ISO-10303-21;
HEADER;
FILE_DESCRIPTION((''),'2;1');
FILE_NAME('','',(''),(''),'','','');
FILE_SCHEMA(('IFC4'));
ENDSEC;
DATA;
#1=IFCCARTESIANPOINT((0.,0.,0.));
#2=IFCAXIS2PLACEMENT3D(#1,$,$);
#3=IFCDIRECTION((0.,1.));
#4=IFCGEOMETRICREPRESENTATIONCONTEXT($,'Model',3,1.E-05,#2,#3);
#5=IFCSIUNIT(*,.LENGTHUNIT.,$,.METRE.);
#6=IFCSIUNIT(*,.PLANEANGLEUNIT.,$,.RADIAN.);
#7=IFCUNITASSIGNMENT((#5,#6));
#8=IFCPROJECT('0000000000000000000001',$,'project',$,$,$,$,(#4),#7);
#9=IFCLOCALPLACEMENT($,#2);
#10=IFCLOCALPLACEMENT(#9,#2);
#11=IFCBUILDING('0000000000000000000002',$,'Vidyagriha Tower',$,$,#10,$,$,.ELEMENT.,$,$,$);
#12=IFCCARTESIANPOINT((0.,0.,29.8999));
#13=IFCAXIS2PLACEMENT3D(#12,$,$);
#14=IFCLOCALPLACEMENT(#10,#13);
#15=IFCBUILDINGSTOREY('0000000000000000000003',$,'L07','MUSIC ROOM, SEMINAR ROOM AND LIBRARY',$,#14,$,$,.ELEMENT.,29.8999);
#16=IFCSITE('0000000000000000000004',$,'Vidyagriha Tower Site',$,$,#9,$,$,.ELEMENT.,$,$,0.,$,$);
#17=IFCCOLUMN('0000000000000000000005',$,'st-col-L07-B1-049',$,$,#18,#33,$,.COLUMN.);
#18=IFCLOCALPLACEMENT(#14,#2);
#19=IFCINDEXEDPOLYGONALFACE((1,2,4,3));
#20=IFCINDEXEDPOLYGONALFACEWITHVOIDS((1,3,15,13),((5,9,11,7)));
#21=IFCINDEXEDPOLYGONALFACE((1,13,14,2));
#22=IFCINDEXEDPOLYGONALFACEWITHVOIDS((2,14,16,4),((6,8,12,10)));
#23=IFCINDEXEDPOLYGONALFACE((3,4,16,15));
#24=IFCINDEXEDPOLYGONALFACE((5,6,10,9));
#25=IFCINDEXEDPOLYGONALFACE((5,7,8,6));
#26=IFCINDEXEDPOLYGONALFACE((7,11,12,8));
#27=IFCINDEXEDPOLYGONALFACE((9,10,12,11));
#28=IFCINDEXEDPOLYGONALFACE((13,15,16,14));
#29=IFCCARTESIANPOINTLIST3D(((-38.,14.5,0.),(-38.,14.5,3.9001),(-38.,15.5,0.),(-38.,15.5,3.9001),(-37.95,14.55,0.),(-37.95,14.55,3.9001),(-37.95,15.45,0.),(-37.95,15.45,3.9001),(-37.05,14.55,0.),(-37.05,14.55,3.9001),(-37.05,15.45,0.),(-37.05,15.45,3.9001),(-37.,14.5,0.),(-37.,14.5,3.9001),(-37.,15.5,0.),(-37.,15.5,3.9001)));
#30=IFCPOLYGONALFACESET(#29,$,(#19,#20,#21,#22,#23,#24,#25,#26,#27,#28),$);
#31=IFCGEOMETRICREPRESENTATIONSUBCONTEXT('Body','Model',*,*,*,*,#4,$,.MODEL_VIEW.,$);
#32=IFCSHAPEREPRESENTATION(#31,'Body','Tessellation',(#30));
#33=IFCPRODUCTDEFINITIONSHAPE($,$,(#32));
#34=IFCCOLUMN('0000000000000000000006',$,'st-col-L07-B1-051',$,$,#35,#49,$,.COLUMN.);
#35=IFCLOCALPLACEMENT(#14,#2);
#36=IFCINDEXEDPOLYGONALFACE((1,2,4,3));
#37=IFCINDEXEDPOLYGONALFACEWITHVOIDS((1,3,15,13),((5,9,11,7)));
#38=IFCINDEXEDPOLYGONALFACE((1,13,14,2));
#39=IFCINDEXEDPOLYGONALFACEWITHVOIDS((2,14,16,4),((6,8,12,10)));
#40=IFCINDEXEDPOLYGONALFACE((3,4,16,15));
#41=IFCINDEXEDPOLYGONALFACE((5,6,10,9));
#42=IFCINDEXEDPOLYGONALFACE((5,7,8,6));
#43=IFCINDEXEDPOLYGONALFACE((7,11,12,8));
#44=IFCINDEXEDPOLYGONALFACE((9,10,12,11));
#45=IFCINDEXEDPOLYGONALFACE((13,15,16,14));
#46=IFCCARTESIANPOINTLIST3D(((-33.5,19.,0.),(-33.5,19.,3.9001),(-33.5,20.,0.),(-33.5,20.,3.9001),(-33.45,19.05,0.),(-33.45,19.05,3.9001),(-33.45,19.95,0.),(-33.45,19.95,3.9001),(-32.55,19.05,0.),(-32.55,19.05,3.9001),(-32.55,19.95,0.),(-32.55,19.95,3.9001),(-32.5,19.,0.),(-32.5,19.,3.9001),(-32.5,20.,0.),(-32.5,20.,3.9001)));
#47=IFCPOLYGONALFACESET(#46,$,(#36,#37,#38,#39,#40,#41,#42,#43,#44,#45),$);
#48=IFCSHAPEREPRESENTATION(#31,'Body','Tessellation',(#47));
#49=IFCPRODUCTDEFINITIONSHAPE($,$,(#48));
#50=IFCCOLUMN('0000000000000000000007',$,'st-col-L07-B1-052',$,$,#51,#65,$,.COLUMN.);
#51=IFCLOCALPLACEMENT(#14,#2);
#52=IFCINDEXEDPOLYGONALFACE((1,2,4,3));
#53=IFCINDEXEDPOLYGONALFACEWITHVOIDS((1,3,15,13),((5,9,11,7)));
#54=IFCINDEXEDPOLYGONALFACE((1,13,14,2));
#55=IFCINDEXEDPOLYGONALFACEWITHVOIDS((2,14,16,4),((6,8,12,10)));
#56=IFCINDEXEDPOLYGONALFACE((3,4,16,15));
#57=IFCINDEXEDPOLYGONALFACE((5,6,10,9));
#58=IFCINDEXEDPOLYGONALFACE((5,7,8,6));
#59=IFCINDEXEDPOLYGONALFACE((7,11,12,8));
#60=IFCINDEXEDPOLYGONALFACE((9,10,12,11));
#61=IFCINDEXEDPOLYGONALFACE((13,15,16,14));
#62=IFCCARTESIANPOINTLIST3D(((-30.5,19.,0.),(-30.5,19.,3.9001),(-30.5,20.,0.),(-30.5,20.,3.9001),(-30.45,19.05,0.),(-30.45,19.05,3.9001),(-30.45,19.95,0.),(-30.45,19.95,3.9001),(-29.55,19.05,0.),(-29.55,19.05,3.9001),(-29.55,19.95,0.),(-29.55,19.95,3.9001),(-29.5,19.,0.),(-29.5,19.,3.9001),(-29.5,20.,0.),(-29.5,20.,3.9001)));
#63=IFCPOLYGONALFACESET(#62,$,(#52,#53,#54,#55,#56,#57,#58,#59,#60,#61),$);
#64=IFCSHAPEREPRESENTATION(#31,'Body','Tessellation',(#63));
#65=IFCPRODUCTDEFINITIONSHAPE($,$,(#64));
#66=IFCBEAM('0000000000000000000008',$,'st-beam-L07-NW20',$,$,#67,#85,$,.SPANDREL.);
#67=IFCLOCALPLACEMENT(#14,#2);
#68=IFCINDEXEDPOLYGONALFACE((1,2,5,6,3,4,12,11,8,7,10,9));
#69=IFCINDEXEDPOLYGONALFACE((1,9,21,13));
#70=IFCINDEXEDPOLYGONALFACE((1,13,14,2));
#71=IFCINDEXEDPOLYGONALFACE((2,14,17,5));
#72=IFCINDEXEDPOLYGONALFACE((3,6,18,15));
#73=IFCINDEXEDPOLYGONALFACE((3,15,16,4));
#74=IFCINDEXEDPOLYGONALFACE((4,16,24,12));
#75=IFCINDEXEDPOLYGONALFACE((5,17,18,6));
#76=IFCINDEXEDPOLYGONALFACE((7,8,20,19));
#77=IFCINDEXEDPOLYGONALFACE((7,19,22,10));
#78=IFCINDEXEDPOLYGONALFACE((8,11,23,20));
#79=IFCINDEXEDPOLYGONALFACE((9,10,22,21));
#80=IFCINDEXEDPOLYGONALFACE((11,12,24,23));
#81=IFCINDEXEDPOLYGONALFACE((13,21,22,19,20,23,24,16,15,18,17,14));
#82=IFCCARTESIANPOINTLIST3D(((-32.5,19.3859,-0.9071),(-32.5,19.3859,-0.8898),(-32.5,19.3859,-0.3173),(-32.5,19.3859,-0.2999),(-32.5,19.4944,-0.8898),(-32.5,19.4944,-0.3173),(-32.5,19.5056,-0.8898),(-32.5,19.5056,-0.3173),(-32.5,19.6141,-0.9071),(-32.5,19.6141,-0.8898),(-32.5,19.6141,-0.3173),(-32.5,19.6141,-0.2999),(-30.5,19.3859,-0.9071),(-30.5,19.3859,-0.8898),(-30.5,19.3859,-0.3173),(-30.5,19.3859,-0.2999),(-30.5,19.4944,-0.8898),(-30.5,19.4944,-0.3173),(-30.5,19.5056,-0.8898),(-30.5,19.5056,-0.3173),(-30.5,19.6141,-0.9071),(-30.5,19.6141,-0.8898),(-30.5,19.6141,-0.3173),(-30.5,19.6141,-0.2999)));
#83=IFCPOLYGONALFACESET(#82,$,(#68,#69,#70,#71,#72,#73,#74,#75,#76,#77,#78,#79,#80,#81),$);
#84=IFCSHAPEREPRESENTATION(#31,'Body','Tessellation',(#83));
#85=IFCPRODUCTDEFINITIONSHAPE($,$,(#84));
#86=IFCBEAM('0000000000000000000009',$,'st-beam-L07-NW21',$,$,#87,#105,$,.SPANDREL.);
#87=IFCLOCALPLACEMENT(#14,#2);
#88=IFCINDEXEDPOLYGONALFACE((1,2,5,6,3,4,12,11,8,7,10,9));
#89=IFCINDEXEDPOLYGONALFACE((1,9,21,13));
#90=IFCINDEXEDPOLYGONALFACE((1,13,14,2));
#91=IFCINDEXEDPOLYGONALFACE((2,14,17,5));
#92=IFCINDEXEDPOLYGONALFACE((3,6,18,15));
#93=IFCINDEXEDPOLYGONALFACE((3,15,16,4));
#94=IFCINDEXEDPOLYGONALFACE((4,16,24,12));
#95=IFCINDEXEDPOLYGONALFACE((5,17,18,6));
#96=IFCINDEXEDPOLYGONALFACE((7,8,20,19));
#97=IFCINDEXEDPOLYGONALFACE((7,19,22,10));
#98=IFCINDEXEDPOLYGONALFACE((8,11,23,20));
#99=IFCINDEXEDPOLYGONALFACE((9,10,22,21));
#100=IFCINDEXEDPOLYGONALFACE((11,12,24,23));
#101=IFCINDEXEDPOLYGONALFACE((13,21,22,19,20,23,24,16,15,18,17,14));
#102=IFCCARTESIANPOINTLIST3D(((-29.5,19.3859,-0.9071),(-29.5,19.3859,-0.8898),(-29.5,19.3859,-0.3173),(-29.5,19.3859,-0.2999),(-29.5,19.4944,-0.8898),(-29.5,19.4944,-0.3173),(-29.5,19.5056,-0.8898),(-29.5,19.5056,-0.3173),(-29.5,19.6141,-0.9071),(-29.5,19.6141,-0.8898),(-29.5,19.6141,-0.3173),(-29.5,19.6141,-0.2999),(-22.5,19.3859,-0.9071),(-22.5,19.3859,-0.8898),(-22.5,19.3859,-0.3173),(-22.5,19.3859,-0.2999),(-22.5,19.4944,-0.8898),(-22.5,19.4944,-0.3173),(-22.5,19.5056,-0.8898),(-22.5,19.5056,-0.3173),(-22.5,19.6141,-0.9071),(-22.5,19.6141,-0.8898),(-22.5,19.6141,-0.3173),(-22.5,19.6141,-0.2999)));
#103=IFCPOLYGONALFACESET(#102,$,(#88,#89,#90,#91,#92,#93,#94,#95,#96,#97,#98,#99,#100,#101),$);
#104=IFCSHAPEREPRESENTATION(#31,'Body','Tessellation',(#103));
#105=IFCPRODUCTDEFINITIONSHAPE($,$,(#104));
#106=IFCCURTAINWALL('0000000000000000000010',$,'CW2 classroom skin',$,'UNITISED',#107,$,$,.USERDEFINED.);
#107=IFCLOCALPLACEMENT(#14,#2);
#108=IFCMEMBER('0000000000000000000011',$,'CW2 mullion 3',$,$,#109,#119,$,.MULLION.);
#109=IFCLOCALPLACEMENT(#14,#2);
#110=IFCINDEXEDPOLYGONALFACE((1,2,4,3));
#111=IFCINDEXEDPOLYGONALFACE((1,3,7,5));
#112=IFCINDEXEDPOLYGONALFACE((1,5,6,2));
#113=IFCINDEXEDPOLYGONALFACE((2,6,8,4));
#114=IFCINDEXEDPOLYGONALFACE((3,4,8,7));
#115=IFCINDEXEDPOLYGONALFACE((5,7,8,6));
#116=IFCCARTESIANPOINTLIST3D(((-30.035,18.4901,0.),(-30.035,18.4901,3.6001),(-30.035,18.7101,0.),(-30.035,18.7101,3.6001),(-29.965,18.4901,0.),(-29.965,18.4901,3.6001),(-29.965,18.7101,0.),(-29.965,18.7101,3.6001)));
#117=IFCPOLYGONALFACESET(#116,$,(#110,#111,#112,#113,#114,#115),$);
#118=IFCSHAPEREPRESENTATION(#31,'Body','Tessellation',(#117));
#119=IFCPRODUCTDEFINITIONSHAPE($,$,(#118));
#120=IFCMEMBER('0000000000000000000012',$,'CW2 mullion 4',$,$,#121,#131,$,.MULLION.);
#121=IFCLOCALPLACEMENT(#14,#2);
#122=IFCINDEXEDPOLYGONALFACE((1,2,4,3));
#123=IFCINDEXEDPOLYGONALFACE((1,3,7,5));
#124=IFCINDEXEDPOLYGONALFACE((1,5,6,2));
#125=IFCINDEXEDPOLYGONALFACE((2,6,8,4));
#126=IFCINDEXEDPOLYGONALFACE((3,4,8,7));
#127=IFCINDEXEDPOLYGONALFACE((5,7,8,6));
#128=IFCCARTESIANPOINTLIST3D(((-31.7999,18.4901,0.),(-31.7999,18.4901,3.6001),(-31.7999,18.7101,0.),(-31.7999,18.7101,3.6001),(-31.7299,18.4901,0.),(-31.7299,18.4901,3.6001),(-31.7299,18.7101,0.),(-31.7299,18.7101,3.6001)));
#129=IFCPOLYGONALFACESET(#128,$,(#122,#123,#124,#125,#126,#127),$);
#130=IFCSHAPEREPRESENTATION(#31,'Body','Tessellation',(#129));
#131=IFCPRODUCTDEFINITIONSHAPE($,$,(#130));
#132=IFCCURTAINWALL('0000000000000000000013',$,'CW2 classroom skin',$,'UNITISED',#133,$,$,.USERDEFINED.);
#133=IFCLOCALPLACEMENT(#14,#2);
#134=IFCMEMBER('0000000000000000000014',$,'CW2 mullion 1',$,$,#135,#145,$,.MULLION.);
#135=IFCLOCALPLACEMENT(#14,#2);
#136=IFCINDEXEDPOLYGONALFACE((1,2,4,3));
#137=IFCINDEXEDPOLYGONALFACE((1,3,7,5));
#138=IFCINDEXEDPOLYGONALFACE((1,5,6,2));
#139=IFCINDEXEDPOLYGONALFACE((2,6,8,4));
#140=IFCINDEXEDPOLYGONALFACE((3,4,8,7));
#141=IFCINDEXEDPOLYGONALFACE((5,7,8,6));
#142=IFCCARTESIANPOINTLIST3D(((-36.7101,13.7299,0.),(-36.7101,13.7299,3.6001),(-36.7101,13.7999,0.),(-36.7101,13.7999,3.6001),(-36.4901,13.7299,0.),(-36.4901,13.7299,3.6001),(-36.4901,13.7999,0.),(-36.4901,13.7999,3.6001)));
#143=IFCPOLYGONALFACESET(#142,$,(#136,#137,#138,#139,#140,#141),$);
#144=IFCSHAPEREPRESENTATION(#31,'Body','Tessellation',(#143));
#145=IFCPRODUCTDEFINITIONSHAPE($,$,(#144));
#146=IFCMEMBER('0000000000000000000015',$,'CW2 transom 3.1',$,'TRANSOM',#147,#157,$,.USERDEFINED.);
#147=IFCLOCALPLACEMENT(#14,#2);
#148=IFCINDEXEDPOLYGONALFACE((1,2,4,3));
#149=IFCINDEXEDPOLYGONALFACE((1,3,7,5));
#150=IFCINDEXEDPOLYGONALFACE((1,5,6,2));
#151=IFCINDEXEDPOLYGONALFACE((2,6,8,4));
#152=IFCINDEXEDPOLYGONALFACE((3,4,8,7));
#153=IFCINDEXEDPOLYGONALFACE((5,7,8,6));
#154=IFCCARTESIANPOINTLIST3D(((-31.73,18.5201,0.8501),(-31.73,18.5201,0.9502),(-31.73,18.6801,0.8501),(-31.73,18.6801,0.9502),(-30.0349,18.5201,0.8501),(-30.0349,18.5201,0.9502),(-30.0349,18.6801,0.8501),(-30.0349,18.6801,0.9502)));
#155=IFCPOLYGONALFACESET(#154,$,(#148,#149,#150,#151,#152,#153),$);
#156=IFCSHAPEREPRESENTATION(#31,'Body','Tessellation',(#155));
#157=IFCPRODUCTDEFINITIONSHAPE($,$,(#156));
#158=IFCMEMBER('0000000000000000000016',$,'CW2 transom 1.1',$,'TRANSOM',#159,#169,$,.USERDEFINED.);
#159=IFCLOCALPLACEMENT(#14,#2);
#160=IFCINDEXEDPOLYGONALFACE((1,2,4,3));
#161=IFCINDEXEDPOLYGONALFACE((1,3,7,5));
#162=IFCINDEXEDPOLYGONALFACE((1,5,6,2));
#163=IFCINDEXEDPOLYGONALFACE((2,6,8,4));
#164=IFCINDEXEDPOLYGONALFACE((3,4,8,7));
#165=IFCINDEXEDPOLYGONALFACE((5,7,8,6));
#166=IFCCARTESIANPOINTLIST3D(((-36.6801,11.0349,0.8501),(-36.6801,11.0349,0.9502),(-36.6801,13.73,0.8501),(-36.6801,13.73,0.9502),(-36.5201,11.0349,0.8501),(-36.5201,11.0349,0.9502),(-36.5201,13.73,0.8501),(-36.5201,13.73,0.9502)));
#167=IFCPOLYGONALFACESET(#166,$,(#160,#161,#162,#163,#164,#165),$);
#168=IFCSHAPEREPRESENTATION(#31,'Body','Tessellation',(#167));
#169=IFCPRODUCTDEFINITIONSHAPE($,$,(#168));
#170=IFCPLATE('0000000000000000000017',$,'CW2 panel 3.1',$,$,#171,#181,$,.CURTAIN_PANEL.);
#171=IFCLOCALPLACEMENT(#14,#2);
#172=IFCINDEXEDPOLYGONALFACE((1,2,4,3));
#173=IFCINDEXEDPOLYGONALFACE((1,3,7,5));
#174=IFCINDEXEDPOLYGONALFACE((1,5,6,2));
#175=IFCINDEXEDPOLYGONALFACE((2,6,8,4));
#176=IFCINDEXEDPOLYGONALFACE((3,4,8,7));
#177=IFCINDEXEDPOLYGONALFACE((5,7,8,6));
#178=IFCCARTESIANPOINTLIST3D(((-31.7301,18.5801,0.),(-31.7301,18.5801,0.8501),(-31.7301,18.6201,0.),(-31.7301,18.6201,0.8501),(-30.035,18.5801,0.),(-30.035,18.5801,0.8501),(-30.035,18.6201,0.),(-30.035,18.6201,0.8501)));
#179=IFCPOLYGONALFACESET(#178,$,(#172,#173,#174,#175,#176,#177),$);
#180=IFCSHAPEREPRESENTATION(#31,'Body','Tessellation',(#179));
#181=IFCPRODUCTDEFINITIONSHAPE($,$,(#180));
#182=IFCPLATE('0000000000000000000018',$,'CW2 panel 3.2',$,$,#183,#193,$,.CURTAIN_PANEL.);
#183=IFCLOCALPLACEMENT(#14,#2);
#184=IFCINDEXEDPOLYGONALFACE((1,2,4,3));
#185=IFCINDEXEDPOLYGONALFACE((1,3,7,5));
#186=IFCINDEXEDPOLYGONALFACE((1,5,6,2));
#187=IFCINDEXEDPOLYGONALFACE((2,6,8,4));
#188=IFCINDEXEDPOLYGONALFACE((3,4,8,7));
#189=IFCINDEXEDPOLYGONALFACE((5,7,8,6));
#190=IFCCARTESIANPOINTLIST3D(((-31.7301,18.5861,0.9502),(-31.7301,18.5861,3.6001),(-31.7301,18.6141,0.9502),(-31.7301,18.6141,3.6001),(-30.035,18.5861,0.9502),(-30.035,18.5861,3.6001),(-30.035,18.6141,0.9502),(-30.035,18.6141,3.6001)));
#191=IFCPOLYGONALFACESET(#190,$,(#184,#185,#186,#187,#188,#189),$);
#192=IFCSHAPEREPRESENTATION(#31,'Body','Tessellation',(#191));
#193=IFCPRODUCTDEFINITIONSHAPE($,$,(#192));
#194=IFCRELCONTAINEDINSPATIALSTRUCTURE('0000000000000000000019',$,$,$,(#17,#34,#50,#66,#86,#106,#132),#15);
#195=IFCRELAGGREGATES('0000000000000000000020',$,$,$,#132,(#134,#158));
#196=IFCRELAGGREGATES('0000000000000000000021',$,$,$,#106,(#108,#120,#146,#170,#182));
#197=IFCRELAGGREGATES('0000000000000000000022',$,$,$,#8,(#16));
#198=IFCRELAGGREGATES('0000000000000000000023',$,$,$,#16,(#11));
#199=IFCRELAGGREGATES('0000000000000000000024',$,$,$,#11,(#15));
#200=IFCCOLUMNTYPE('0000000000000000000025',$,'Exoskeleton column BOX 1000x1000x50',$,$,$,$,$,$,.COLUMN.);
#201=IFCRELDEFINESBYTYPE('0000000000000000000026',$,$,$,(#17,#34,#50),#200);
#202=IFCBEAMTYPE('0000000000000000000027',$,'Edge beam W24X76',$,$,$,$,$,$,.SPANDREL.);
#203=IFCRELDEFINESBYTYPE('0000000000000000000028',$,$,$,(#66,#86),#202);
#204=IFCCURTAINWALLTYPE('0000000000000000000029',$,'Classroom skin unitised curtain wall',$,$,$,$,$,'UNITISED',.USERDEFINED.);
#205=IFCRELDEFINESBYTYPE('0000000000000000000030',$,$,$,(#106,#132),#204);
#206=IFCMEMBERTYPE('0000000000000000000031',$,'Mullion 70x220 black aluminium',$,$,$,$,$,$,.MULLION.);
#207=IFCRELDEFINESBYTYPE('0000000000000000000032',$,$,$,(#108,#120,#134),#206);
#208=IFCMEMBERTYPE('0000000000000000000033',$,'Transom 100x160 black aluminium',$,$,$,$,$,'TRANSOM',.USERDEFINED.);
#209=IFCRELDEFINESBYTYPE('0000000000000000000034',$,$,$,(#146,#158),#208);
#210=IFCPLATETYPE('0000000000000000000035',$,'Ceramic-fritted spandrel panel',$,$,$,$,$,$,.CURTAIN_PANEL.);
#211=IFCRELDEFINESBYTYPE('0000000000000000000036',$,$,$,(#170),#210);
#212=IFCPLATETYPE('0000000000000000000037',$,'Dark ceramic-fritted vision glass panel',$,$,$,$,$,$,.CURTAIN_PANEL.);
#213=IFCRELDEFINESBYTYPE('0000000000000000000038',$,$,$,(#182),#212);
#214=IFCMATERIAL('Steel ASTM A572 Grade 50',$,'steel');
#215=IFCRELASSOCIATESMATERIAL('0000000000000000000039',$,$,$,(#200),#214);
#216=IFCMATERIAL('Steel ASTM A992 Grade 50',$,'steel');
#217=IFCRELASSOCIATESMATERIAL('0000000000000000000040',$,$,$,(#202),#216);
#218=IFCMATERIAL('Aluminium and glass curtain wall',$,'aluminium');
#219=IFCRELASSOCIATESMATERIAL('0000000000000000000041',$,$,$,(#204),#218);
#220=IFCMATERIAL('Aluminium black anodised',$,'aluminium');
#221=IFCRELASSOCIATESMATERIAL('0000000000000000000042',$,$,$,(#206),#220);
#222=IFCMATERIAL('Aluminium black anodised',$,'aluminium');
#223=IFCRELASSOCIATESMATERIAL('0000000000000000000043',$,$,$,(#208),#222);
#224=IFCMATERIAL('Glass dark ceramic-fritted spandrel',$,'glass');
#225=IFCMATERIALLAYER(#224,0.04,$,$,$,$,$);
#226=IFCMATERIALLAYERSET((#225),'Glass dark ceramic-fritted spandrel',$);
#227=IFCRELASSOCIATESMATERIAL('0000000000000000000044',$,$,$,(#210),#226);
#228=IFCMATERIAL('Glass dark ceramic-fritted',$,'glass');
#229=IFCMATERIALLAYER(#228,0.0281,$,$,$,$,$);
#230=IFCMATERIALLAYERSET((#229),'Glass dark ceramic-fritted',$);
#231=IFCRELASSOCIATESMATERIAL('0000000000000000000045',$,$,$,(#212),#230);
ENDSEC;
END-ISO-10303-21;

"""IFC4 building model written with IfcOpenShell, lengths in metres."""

from ifc_helpers import new_model, si_unit, direction, frame, origin, origin_2d, place, context, subcontext, project, spatial, rectangle, hollow_rectangle, i_section, extrude, material, layer, layer_set, material_profile, profile_set, type_object, element, aggregate, save


model = new_model("IFC4")

# Units and contexts
model_context = context("Model", 3, precision=1e-05, world=origin(), true_north=direction((0.0, 1.0)))
body_context = subcontext(model_context, "Body", "Model", "MODEL_VIEW")
ifc_project = project(units=[si_unit("LENGTHUNIT", "METRE"), si_unit("PLANEANGLEUNIT", "RADIAN")], contexts=[model_context])

# Site, building, storey
site_placement = place(None, origin())
site = spatial("IfcSite", under=ifc_project, at=site_placement, Name="Vidyagriha Tower Site", CompositionType="ELEMENT", RefElevation=0.0)
building_placement = place(site_placement, origin())
building = spatial("IfcBuilding", under=site, at=building_placement, Name="Vidyagriha Tower", CompositionType="ELEMENT")
storey_placement = place(building_placement, frame((0.0, 0.0, 29.8999)))
storey = spatial("IfcBuildingStorey", under=building, at=storey_placement, Name="L07", Description="MUSIC ROOM, SEMINAR ROOM AND LIBRARY", CompositionType="ELEMENT", Elevation=29.8999)

# Columns
ifc_material_1 = material(Name="Steel ASTM A572 Grade 50", Category="steel")
ifc_material_profile_1 = material_profile(ifc_material_1, hollow_rectangle(XDim=1.0, YDim=1.0, WallThickness=0.05, at=origin_2d()), Name="BOX 1000x1000x50")
ifc_profile_set_1 = profile_set([ifc_material_profile_1], Name="Steel ASTM A572 Grade 50")
column_type = type_object("IfcColumnType", Name="Exoskeleton column BOX 1000x1000x50", PredefinedType="COLUMN", material=ifc_profile_set_1)
for number, where, name in (
    (1, (-37.5, 15.0, 0.0), "st-col-L07-B1-049"),
    (2, (-33.0, 19.5, 0.0), "st-col-L07-B1-051"),
    (3, (-30.0, 19.5, 0.0), "st-col-L07-B1-052"),
):
    element("IfcColumn", number, at=place(storey_placement, frame(where)), inside=storey, type_object=column_type, Name=name, PredefinedType="COLUMN", context=body_context, shape_type="SweptSolid", body=[
        extrude(hollow_rectangle(XDim=1.0, YDim=1.0, WallThickness=0.05, at=origin_2d()), origin(), (0.0, 0.0, 1.0), 3.9001),
    ])

# Beams
ifc_material_2 = material(Name="Steel ASTM A992 Grade 50", Category="steel")
ifc_material_profile_2 = material_profile(ifc_material_2, i_section(OverallWidth=0.2283, OverallDepth=0.6072, WebThickness=0.0112, FlangeThickness=0.0173, at=origin_2d()), Name="W24X76")
ifc_profile_set_2 = profile_set([ifc_material_profile_2], Name="Steel ASTM A992 Grade 50")
beam_type = type_object("IfcBeamType", Name="Edge beam W24X76", PredefinedType="SPANDREL", material=ifc_profile_set_2)
beam_1_placement = place(storey_placement, frame((-32.5, 19.5, -0.6035), z_axis=(1.0, 0.0, 0.0), x_axis=(0.0, 1.0, 0.0)))
element("IfcBeam", 4, at=beam_1_placement, inside=storey, type_object=beam_type, Name="st-beam-L07-NW20", PredefinedType="SPANDREL", context=body_context, shape_type="SweptSolid", body=[
    extrude(i_section(OverallWidth=0.2283, OverallDepth=0.6072, WebThickness=0.0112, FlangeThickness=0.0173, at=origin_2d()), origin(), (0.0, 0.0, 1.0), 2.0),
])
beam_2_placement = place(storey_placement, frame((-29.5, 19.5, -0.6035), z_axis=(1.0, 0.0, 0.0), x_axis=(0.0, 1.0, 0.0)))
element("IfcBeam", 5, at=beam_2_placement, inside=storey, type_object=beam_type, Name="st-beam-L07-NW21", PredefinedType="SPANDREL", context=body_context, shape_type="SweptSolid", body=[
    extrude(i_section(OverallWidth=0.2283, OverallDepth=0.6072, WebThickness=0.0112, FlangeThickness=0.0173, at=origin_2d()), origin(), (0.0, 0.0, 1.0), 7.0),
])

# Curtain wall, members
ifc_material_3 = material(Name="Aluminium and glass curtain wall", Category="aluminium")
curtain_wall_type = type_object("IfcCurtainWallType", Name="Classroom skin unitised curtain wall", ElementType="UNITISED", PredefinedType="USERDEFINED", material=ifc_material_3)
curtain_wall_1_placement = place(storey_placement, origin())
curtain_wall_1 = element("IfcCurtainWall", 6, at=curtain_wall_1_placement, inside=storey, type_object=curtain_wall_type, Name="CW2 classroom skin", ObjectType="UNITISED", PredefinedType="USERDEFINED")
ifc_material_4 = material(Name="Aluminium black anodised", Category="aluminium")
ifc_material_profile_3 = material_profile(ifc_material_4, rectangle(XDim=0.22, YDim=0.0701, at=origin_2d()), Name="Mullion 70x220 black aluminium")
ifc_profile_set_3 = profile_set([ifc_material_profile_3], Name="Aluminium black anodised")
member_type_1 = type_object("IfcMemberType", Name="Mullion 70x220 black aluminium", PredefinedType="MULLION", material=ifc_profile_set_3)
member_1_placement = place(storey_placement, frame((-30.0, 18.6001, 0.0), z_axis=(0.0, 0.0, 1.0), x_axis=(0.0, -1.0, 0.0)))
member_1 = element("IfcMember", 7, at=member_1_placement, type_object=member_type_1, Name="CW2 mullion 3", PredefinedType="MULLION", context=body_context, shape_type="SweptSolid", body=[
    extrude(rectangle(XDim=0.22, YDim=0.0701, at=origin_2d()), origin(), (0.0, 0.0, 1.0), 3.6001),
])
member_2_placement = place(storey_placement, frame((-31.7649, 18.6001, 0.0), z_axis=(0.0, 0.0, 1.0), x_axis=(0.0, -1.0, 0.0)))
member_2 = element("IfcMember", 8, at=member_2_placement, type_object=member_type_1, Name="CW2 mullion 4", PredefinedType="MULLION", context=body_context, shape_type="SweptSolid", body=[
    extrude(rectangle(XDim=0.22, YDim=0.0701, at=origin_2d()), origin(), (0.0, 0.0, 1.0), 3.6001),
])

# Curtain wall, member
curtain_wall_2_placement = place(storey_placement, origin())
curtain_wall_2 = element("IfcCurtainWall", 9, at=curtain_wall_2_placement, inside=storey, type_object=curtain_wall_type, Name="CW2 classroom skin", ObjectType="UNITISED", PredefinedType="USERDEFINED")
member_3_placement = place(storey_placement, frame((-36.6001, 13.7649, 0.0)))
member_3 = element("IfcMember", 10, at=member_3_placement, type_object=member_type_1, Name="CW2 mullion 1", PredefinedType="MULLION", context=body_context, shape_type="SweptSolid", body=[
    extrude(rectangle(XDim=0.22, YDim=0.0701, at=origin_2d()), origin(), (0.0, 0.0, 1.0), 3.6001),
])

# Members
ifc_material_5 = material(Name="Aluminium black anodised", Category="aluminium")
ifc_material_profile_4 = material_profile(ifc_material_5, rectangle(XDim=0.1599, YDim=0.1001, at=origin_2d()), Name="Transom 100x160 black aluminium")
ifc_profile_set_4 = profile_set([ifc_material_profile_4], Name="Aluminium black anodised")
member_type_2 = type_object("IfcMemberType", Name="Transom 100x160 black aluminium", ElementType="TRANSOM", PredefinedType="USERDEFINED", material=ifc_profile_set_4)
member_4_placement = place(storey_placement, frame((-30.0349, 18.6001, 0.9001), z_axis=(-1.0, 0.0, 0.0), x_axis=(0.0, -1.0, 0.0)))
member_4 = element("IfcMember", 11, at=member_4_placement, type_object=member_type_2, Name="CW2 transom 3.1", ObjectType="TRANSOM", PredefinedType="USERDEFINED", context=body_context, shape_type="SweptSolid", body=[
    extrude(rectangle(XDim=0.1599, YDim=0.1001, at=origin_2d()), origin(), (0.0, 0.0, 1.0), 1.6951),
])
member_5_placement = place(storey_placement, frame((-36.6001, 13.73, 0.9001), z_axis=(0.0, -1.0, 0.0), x_axis=(1.0, 0.0, 0.0)))
member_5 = element("IfcMember", 12, at=member_5_placement, type_object=member_type_2, Name="CW2 transom 1.1", ObjectType="TRANSOM", PredefinedType="USERDEFINED", context=body_context, shape_type="SweptSolid", body=[
    extrude(rectangle(XDim=0.1599, YDim=0.1001, at=origin_2d()), origin(), (0.0, 0.0, 1.0), 2.6951),
])

# Plates
ifc_material_6 = material(Name="Glass dark ceramic-fritted spandrel", Category="glass")
ifc_layer_1 = layer(ifc_material_6, 0.04)
ifc_layer_set_1 = layer_set([ifc_layer_1], Name="Glass dark ceramic-fritted spandrel")
plate_type_1 = type_object("IfcPlateType", Name="Ceramic-fritted spandrel panel", PredefinedType="CURTAIN_PANEL", material=ifc_layer_set_1)
plate_1_placement = place(storey_placement, frame((-30.8826, 18.6001, 0.0), z_axis=(0.0, 0.0, 1.0), x_axis=(-1.0, 0.0, 0.0)))
plate_1 = element("IfcPlate", 13, at=plate_1_placement, type_object=plate_type_1, Name="CW2 panel 3.1", PredefinedType="CURTAIN_PANEL", context=body_context, shape_type="SweptSolid", body=[
    extrude(rectangle(XDim=1.6951, YDim=0.04, at=origin_2d()), origin(), (0.0, 0.0, 1.0), 0.8501),
])
ifc_material_7 = material(Name="Glass dark ceramic-fritted", Category="glass")
ifc_layer_2 = layer(ifc_material_7, 0.0281)
ifc_layer_set_2 = layer_set([ifc_layer_2], Name="Glass dark ceramic-fritted")
plate_type_2 = type_object("IfcPlateType", Name="Dark ceramic-fritted vision glass panel", PredefinedType="CURTAIN_PANEL", material=ifc_layer_set_2)
plate_2_placement = place(storey_placement, frame((-30.8826, 18.6001, 0.9502), z_axis=(0.0, 0.0, 1.0), x_axis=(-1.0, 0.0, 0.0)))
plate_2 = element("IfcPlate", 14, at=plate_2_placement, type_object=plate_type_2, Name="CW2 panel 3.2", PredefinedType="CURTAIN_PANEL", context=body_context, shape_type="SweptSolid", body=[
    extrude(rectangle(XDim=1.6951, YDim=0.0281, at=origin_2d()), origin(), (0.0, 0.0, 1.0), 2.6499),
])
aggregate(curtain_wall_2, [member_3, member_5])
aggregate(curtain_wall_1, [member_1, member_2, member_4, plate_1, plate_2])

save(model, "model.ifc")
